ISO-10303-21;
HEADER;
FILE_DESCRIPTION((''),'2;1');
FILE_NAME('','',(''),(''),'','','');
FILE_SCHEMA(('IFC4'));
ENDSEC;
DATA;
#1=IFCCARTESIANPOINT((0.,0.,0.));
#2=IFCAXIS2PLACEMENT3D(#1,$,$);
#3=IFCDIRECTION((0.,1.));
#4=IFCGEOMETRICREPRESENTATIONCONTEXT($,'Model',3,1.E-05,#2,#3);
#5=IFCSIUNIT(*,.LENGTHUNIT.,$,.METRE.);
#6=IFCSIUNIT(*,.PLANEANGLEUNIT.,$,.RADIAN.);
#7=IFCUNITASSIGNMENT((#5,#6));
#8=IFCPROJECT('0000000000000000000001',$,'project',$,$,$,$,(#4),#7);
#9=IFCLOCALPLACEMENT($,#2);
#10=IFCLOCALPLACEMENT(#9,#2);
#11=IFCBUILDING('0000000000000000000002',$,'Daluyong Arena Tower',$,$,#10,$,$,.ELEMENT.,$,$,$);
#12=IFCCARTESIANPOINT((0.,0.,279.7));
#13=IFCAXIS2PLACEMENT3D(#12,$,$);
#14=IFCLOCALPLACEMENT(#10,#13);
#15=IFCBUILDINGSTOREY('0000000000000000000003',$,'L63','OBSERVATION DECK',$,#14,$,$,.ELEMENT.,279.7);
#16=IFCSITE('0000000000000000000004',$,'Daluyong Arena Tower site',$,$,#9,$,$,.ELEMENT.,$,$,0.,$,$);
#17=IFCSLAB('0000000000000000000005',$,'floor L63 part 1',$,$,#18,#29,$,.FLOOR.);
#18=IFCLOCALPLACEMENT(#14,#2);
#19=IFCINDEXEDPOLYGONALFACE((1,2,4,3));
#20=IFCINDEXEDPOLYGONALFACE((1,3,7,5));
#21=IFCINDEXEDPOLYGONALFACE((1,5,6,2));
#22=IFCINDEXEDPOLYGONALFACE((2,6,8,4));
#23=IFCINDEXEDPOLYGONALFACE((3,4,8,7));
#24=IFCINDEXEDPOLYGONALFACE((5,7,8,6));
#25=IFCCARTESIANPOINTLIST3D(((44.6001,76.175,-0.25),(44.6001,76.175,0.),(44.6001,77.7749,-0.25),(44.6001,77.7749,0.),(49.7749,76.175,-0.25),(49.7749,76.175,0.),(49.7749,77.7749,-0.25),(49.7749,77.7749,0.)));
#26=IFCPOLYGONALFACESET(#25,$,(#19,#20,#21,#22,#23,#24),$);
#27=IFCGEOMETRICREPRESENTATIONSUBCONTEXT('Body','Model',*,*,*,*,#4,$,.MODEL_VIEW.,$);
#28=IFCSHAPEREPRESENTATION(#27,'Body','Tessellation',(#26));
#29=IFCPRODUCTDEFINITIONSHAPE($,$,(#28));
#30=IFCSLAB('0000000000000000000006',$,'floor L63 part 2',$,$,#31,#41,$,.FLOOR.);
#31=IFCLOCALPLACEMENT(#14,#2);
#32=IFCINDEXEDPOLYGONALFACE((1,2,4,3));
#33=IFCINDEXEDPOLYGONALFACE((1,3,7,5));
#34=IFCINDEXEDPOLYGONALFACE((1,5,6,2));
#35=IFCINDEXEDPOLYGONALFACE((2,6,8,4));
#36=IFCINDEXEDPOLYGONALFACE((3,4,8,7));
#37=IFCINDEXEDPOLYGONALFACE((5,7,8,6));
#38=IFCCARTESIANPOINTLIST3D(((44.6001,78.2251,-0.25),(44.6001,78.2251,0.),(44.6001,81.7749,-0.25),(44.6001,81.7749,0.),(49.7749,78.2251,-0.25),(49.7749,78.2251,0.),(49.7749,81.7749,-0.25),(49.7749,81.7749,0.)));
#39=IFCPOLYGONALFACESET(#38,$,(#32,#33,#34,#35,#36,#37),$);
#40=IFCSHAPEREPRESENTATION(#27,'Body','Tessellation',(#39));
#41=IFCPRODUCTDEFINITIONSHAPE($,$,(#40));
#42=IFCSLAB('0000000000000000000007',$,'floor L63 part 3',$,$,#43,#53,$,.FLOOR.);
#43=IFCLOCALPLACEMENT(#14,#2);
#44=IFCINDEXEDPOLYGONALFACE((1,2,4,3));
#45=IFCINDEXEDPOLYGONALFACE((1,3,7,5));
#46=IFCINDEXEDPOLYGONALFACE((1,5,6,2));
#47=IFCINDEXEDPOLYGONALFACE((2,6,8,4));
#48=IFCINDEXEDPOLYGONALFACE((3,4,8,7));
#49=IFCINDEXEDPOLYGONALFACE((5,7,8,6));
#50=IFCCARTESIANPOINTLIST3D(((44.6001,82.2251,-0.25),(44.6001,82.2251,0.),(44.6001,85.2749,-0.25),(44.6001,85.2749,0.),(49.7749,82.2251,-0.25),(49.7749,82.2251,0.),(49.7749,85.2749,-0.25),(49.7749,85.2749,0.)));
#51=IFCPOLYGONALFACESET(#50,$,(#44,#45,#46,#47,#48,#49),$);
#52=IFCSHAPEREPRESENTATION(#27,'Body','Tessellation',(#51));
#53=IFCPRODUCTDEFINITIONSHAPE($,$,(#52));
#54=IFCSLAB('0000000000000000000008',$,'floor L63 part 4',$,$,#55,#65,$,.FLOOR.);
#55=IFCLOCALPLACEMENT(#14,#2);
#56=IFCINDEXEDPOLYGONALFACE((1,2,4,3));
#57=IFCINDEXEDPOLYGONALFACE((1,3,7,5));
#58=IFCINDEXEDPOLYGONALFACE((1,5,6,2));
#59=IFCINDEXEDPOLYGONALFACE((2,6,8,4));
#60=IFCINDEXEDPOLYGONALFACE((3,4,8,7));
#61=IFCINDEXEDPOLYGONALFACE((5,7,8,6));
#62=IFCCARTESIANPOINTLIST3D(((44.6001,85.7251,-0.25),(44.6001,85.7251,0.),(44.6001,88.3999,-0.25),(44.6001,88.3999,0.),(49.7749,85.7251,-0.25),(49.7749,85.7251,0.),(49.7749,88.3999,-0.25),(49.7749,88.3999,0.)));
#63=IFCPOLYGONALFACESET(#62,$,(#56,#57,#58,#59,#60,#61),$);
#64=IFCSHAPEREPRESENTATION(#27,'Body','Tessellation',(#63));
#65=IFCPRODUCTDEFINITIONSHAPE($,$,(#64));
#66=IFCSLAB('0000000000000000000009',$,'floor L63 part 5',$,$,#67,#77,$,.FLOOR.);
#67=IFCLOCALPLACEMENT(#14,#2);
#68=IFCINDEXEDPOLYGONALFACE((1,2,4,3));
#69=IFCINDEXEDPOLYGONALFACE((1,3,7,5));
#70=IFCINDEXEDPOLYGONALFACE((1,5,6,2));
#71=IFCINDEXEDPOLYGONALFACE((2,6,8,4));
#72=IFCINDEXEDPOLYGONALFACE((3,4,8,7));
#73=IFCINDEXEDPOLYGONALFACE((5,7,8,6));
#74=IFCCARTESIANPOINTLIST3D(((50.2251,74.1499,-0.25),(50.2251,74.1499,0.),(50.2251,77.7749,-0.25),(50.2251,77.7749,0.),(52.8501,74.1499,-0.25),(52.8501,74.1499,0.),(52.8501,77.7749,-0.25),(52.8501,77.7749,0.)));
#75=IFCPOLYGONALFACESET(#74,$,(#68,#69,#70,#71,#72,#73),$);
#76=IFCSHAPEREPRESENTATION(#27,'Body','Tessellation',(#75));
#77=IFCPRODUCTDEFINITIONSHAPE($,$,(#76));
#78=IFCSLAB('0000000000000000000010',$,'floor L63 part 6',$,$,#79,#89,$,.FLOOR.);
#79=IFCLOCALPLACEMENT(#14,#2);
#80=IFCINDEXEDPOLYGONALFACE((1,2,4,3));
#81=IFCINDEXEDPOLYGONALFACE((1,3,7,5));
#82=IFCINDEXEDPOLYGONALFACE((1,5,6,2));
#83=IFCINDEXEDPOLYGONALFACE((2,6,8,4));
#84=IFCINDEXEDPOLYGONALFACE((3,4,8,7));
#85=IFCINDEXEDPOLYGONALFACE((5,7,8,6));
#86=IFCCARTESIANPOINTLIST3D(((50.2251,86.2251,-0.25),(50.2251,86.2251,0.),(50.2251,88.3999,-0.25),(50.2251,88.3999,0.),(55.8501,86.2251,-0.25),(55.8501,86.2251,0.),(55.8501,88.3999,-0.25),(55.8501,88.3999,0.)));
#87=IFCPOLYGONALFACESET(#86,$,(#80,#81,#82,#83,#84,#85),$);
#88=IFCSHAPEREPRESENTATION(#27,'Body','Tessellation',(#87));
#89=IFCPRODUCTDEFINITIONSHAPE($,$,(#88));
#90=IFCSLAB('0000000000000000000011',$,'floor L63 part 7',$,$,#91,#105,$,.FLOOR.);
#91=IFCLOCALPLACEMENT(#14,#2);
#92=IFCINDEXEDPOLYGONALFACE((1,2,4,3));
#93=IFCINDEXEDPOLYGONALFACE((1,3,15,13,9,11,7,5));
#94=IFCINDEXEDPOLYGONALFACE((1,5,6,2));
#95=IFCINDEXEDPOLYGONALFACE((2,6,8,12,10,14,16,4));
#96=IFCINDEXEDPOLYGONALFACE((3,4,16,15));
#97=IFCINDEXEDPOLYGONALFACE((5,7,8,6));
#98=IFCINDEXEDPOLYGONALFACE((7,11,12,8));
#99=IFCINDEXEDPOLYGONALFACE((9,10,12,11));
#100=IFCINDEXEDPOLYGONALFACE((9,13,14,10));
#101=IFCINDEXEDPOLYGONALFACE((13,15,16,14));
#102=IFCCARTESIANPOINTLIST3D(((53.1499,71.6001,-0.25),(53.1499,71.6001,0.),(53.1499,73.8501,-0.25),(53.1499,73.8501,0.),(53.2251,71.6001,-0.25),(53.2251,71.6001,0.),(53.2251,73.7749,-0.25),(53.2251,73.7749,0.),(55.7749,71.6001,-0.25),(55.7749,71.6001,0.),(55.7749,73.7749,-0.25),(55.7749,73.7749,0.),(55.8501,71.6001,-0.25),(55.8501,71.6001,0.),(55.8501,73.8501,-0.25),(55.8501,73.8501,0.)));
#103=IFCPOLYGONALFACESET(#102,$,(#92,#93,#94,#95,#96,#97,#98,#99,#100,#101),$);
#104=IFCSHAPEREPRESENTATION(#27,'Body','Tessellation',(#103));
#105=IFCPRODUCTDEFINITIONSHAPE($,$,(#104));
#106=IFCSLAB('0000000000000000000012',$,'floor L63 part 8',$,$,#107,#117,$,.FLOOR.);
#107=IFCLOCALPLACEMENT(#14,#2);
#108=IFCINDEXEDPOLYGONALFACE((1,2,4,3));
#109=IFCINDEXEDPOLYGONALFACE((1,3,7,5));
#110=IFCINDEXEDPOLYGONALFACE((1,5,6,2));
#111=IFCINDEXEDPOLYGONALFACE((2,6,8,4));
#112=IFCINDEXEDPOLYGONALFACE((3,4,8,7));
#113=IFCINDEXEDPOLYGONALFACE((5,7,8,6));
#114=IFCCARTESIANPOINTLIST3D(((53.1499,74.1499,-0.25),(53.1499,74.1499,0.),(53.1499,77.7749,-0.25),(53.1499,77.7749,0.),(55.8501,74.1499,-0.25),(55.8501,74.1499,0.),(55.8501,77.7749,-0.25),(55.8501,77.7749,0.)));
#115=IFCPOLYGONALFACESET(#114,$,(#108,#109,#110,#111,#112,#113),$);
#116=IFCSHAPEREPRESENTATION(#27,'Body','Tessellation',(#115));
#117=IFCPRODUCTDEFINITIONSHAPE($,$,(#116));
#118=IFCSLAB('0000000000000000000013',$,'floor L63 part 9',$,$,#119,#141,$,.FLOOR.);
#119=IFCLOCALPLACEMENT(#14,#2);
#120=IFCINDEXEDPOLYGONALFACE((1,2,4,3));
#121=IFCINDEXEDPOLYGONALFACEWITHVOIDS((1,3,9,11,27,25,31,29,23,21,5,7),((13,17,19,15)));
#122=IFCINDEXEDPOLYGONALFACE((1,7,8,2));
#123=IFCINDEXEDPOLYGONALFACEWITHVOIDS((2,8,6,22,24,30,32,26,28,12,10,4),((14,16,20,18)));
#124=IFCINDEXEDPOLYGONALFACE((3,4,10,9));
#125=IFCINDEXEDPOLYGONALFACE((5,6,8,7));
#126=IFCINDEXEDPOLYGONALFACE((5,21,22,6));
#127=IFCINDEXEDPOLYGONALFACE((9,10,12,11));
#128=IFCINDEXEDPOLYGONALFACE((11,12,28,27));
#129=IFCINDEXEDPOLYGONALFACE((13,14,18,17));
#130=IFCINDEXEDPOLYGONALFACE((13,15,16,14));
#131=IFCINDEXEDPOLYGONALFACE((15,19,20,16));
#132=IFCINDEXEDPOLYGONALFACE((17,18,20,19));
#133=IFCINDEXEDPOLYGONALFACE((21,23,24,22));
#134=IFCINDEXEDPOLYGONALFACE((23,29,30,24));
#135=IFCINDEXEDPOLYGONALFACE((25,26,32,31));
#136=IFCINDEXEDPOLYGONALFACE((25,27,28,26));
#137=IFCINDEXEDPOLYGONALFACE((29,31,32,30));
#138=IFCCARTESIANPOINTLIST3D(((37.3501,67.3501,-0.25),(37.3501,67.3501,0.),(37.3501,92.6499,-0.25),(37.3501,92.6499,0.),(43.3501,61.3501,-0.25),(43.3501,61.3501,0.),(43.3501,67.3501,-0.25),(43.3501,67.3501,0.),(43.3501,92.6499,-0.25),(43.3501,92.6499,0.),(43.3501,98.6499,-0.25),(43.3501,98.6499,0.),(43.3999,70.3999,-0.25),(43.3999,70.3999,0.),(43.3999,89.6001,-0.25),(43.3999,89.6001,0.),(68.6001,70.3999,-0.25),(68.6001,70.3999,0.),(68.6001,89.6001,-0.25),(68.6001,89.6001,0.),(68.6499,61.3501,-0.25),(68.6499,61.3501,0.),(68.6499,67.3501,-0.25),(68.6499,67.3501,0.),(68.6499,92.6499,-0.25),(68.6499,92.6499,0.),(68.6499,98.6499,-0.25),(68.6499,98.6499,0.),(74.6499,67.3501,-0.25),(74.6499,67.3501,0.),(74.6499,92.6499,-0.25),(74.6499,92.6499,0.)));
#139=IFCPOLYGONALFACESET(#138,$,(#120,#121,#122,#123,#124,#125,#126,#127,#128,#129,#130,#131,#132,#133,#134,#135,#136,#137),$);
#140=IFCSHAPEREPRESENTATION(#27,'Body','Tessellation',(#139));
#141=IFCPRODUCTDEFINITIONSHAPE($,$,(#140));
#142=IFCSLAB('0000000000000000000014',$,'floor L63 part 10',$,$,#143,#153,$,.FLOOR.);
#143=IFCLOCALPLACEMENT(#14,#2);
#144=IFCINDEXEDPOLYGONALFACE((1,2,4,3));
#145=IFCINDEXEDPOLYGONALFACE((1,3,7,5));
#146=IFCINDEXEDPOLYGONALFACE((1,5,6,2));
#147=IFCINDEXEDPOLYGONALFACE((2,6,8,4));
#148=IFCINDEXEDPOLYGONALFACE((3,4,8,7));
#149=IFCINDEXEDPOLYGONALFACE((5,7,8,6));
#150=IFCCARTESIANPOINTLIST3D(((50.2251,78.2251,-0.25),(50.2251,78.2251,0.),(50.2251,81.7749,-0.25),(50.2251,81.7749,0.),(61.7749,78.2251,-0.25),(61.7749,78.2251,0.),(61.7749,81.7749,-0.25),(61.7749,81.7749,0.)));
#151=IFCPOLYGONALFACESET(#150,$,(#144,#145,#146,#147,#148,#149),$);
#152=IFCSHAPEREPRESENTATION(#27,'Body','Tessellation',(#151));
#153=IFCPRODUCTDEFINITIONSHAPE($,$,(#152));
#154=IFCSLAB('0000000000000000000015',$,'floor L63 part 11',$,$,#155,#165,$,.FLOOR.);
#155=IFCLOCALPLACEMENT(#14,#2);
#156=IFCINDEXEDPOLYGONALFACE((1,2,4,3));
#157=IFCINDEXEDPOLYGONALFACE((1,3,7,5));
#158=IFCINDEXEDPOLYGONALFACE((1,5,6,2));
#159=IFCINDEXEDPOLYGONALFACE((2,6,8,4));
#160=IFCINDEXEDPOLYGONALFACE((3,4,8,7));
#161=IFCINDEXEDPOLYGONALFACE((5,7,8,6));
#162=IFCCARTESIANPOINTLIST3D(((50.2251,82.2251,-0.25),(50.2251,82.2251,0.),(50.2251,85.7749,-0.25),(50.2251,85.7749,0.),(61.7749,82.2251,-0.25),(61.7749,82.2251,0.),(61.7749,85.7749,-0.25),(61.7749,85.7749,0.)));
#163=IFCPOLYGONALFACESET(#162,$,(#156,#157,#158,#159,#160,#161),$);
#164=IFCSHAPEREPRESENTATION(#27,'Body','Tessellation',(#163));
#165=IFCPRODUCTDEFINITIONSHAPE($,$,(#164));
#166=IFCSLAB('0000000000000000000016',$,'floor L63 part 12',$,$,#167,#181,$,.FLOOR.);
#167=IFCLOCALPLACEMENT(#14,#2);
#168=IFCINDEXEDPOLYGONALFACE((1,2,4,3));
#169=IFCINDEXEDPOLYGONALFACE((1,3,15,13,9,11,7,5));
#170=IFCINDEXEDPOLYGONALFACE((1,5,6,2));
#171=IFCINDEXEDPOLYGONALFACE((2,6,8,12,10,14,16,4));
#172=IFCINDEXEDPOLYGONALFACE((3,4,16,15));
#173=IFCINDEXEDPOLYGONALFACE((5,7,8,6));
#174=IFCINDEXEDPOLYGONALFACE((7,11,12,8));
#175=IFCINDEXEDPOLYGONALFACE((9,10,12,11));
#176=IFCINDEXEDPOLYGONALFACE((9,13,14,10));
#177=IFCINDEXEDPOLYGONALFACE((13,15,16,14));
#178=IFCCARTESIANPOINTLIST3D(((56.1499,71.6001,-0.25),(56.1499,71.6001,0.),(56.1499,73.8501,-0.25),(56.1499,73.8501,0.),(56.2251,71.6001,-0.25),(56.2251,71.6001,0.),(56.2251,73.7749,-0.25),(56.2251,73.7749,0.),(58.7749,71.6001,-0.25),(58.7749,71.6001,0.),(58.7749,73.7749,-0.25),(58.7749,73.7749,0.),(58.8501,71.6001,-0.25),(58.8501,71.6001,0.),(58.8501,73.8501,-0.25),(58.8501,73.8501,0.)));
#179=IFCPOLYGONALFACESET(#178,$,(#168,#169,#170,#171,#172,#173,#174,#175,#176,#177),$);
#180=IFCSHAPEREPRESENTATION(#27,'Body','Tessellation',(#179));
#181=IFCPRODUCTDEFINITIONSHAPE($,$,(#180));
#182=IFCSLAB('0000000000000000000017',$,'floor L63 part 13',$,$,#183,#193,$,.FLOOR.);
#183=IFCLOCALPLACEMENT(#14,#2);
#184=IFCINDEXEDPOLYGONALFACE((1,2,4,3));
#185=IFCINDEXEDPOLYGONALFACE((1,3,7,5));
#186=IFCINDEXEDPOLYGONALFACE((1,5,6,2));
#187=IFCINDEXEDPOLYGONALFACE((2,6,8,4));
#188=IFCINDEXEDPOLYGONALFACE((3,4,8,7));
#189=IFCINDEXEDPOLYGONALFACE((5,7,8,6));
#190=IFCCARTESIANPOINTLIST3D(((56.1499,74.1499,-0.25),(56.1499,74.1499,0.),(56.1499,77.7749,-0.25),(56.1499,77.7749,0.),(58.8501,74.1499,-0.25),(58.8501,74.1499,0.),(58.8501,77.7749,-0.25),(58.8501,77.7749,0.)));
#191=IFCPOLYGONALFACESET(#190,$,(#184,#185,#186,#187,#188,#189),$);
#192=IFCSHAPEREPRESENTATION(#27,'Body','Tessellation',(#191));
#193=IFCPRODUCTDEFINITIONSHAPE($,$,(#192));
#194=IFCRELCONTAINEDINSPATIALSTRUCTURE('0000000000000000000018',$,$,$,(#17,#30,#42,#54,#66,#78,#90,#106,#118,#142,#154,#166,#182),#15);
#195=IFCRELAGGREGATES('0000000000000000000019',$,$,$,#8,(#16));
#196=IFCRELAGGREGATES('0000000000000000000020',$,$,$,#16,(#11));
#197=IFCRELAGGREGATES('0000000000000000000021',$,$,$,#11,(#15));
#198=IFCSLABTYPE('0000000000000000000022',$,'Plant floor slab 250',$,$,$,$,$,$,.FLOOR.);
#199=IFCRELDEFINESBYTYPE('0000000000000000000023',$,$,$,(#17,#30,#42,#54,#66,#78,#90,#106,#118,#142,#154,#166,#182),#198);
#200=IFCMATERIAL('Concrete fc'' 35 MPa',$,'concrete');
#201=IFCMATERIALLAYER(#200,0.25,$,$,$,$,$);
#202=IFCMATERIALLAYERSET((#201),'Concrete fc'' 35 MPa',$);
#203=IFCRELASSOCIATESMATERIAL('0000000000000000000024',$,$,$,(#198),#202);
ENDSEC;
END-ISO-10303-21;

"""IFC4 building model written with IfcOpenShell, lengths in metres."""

from ifc_helpers import new_model, si_unit, direction, frame, origin, place, context, subcontext, project, spatial, polyline, outline, extrude, material, layer, layer_set, type_object, element, save


model = new_model("IFC4")

# Units and contexts
model_context = context("Model", 3, precision=1e-05, world=origin(), true_north=direction((0.0, 1.0)))
body_context = subcontext(model_context, "Body", "Model", "MODEL_VIEW")
ifc_project = project(units=[si_unit("LENGTHUNIT", "METRE"), si_unit("PLANEANGLEUNIT", "RADIAN")], contexts=[model_context])

# Site, building, storey
site_placement = place(None, origin())
site = spatial("IfcSite", under=ifc_project, at=site_placement, Name="Daluyong Arena Tower site", CompositionType="ELEMENT", RefElevation=0.0)
building_placement = place(site_placement, origin())
building = spatial("IfcBuilding", under=site, at=building_placement, Name="Daluyong Arena Tower", CompositionType="ELEMENT")
storey_placement = place(building_placement, frame((0.0, 0.0, 279.7)))
storey = spatial("IfcBuildingStorey", under=building, at=storey_placement, Name="L63", Description="OBSERVATION DECK", CompositionType="ELEMENT", Elevation=279.7)

# Slabs
ifc_material_1 = material(Name="Concrete fc' 35 MPa", Category="concrete")
ifc_layer_1 = layer(ifc_material_1, 0.25)
ifc_layer_set_1 = layer_set([ifc_layer_1], Name="Concrete fc' 35 MPa")
slab_type_1 = type_object("IfcSlabType", Name="Plant floor slab 250", PredefinedType="FLOOR", material=ifc_layer_set_1)
slab_1_placement = place(storey_placement, frame((0.0, 0.0, -0.25)))
element("IfcSlab", 1, at=slab_1_placement, inside=storey, type_object=slab_type_1, Name="floor L63 part 1", PredefinedType="FLOOR", context=body_context, shape_type="SweptSolid", body=[
    extrude(outline(polyline([(49.7749, 77.7749), (44.6001, 77.7749), (44.6001, 76.175), (49.7749, 76.175), (49.7749, 77.7749)])), origin(), (0.0, 0.0, 1.0), 0.25),
])
slab_2_placement = place(storey_placement, frame((0.0, 0.0, -0.25)))
element("IfcSlab", 2, at=slab_2_placement, inside=storey, type_object=slab_type_1, Name="floor L63 part 2", PredefinedType="FLOOR", context=body_context, shape_type="SweptSolid", body=[
    extrude(outline(polyline([(49.7749, 78.2251), (49.7749, 81.7749), (44.6001, 81.7749), (44.6001, 78.2251), (49.7749, 78.2251)])), origin(), (0.0, 0.0, 1.0), 0.25),
])
slab_3_placement = place(storey_placement, frame((0.0, 0.0, -0.25)))
element("IfcSlab", 3, at=slab_3_placement, inside=storey, type_object=slab_type_1, Name="floor L63 part 3", PredefinedType="FLOOR", context=body_context, shape_type="SweptSolid", body=[
    extrude(outline(polyline([(44.6001, 85.2749), (44.6001, 82.2251), (49.7749, 82.2251), (49.7749, 85.2749), (44.6001, 85.2749)])), origin(), (0.0, 0.0, 1.0), 0.25),
])
slab_4_placement = place(storey_placement, frame((0.0, 0.0, -0.25)))
element("IfcSlab", 4, at=slab_4_placement, inside=storey, type_object=slab_type_1, Name="floor L63 part 4", PredefinedType="FLOOR", context=body_context, shape_type="SweptSolid", body=[
    extrude(outline(polyline([(44.6001, 88.3999), (44.6001, 85.7251), (49.7749, 85.7251), (49.7749, 88.3999), (44.6001, 88.3999)])), origin(), (0.0, 0.0, 1.0), 0.25),
])
slab_5_placement = place(storey_placement, frame((0.0, 0.0, -0.25)))
element("IfcSlab", 5, at=slab_5_placement, inside=storey, type_object=slab_type_1, Name="floor L63 part 5", PredefinedType="FLOOR", context=body_context, shape_type="SweptSolid", body=[
    extrude(outline(polyline([(52.8501, 74.1499), (52.8501, 77.7749), (50.2251, 77.7749), (50.2251, 74.1499), (52.8501, 74.1499)])), origin(), (0.0, 0.0, 1.0), 0.25),
])
slab_6_placement = place(storey_placement, frame((0.0, 0.0, -0.25)))
element("IfcSlab", 6, at=slab_6_placement, inside=storey, type_object=slab_type_1, Name="floor L63 part 6", PredefinedType="FLOOR", context=body_context, shape_type="SweptSolid", body=[
    extrude(outline(polyline([(50.2251, 88.3999), (50.2251, 86.2251), (55.8501, 86.2251), (55.8501, 88.3999), (50.2251, 88.3999)])), origin(), (0.0, 0.0, 1.0), 0.25),
])
slab_7_placement = place(storey_placement, frame((0.0, 0.0, -0.25)))
element("IfcSlab", 7, at=slab_7_placement, inside=storey, type_object=slab_type_1, Name="floor L63 part 7", PredefinedType="FLOOR", context=body_context, shape_type="SweptSolid", body=[
    extrude(outline(polyline([(53.2251, 71.6001), (53.2251, 73.7749), (55.7749, 73.7749), (55.7749, 71.6001), (55.8501, 71.6001), (55.8501, 73.8501), (53.1499, 73.8501), (53.1499, 71.6001), (53.2251, 71.6001)])), origin(), (0.0, 0.0, 1.0), 0.25),
])
slab_8_placement = place(storey_placement, frame((0.0, 0.0, -0.25)))
element("IfcSlab", 8, at=slab_8_placement, inside=storey, type_object=slab_type_1, Name="floor L63 part 8", PredefinedType="FLOOR", context=body_context, shape_type="SweptSolid", body=[
    extrude(outline(polyline([(53.1499, 74.1499), (55.8501, 74.1499), (55.8501, 77.7749), (53.1499, 77.7749), (53.1499, 74.1499)])), origin(), (0.0, 0.0, 1.0), 0.25),
])
slab_9_placement = place(storey_placement, frame((0.0, 0.0, -0.25)))
element("IfcSlab", 9, at=slab_9_placement, inside=storey, type_object=slab_type_1, Name="floor L63 part 9", PredefinedType="FLOOR", context=body_context, shape_type="SweptSolid", body=[
    extrude(outline(polyline([(43.3501, 67.3501), (43.3501, 61.3501), (68.6499, 61.3501), (68.6499, 67.3501), (74.6499, 67.3501), (74.6499, 92.6499), (68.6499, 92.6499), (68.6499, 98.6499), (43.3501, 98.6499), (43.3501, 92.6499), (37.3501, 92.6499), (37.3501, 67.3501), (43.3501, 67.3501)]), holes=[polyline([(68.6001, 89.6001), (68.6001, 70.3999), (43.3999, 70.3999), (43.3999, 89.6001), (68.6001, 89.6001)])]), origin(), (0.0, 0.0, 1.0), 0.25),
])
slab_10_placement = place(storey_placement, frame((0.0, 0.0, -0.25)))
element("IfcSlab", 10, at=slab_10_placement, inside=storey, type_object=slab_type_1, Name="floor L63 part 10", PredefinedType="FLOOR", context=body_context, shape_type="SweptSolid", body=[
    extrude(outline(polyline([(50.2251, 81.7749), (50.2251, 78.2251), (61.7749, 78.2251), (61.7749, 81.7749), (50.2251, 81.7749)])), origin(), (0.0, 0.0, 1.0), 0.25),
])
slab_11_placement = place(storey_placement, frame((0.0, 0.0, -0.25)))
element("IfcSlab", 11, at=slab_11_placement, inside=storey, type_object=slab_type_1, Name="floor L63 part 11", PredefinedType="FLOOR", context=body_context, shape_type="SweptSolid", body=[
    extrude(outline(polyline([(50.2251, 85.7749), (50.2251, 82.2251), (61.7749, 82.2251), (61.7749, 85.7749), (50.2251, 85.7749)])), origin(), (0.0, 0.0, 1.0), 0.25),
])
slab_12_placement = place(storey_placement, frame((0.0, 0.0, -0.25)))
element("IfcSlab", 12, at=slab_12_placement, inside=storey, type_object=slab_type_1, Name="floor L63 part 12", PredefinedType="FLOOR", context=body_context, shape_type="SweptSolid", body=[
    extrude(outline(polyline([(56.2251, 71.6001), (56.2251, 73.7749), (58.7749, 73.7749), (58.7749, 71.6001), (58.8501, 71.6001), (58.8501, 73.8501), (56.1499, 73.8501), (56.1499, 71.6001), (56.2251, 71.6001)])), origin(), (0.0, 0.0, 1.0), 0.25),
])
slab_13_placement = place(storey_placement, frame((0.0, 0.0, -0.25)))
element("IfcSlab", 13, at=slab_13_placement, inside=storey, type_object=slab_type_1, Name="floor L63 part 13", PredefinedType="FLOOR", context=body_context, shape_type="SweptSolid", body=[
    extrude(outline(polyline([(58.8501, 77.7749), (56.1499, 77.7749), (56.1499, 74.1499), (58.8501, 74.1499), (58.8501, 77.7749)])), origin(), (0.0, 0.0, 1.0), 0.25),
])

save(model, "model.ifc")
